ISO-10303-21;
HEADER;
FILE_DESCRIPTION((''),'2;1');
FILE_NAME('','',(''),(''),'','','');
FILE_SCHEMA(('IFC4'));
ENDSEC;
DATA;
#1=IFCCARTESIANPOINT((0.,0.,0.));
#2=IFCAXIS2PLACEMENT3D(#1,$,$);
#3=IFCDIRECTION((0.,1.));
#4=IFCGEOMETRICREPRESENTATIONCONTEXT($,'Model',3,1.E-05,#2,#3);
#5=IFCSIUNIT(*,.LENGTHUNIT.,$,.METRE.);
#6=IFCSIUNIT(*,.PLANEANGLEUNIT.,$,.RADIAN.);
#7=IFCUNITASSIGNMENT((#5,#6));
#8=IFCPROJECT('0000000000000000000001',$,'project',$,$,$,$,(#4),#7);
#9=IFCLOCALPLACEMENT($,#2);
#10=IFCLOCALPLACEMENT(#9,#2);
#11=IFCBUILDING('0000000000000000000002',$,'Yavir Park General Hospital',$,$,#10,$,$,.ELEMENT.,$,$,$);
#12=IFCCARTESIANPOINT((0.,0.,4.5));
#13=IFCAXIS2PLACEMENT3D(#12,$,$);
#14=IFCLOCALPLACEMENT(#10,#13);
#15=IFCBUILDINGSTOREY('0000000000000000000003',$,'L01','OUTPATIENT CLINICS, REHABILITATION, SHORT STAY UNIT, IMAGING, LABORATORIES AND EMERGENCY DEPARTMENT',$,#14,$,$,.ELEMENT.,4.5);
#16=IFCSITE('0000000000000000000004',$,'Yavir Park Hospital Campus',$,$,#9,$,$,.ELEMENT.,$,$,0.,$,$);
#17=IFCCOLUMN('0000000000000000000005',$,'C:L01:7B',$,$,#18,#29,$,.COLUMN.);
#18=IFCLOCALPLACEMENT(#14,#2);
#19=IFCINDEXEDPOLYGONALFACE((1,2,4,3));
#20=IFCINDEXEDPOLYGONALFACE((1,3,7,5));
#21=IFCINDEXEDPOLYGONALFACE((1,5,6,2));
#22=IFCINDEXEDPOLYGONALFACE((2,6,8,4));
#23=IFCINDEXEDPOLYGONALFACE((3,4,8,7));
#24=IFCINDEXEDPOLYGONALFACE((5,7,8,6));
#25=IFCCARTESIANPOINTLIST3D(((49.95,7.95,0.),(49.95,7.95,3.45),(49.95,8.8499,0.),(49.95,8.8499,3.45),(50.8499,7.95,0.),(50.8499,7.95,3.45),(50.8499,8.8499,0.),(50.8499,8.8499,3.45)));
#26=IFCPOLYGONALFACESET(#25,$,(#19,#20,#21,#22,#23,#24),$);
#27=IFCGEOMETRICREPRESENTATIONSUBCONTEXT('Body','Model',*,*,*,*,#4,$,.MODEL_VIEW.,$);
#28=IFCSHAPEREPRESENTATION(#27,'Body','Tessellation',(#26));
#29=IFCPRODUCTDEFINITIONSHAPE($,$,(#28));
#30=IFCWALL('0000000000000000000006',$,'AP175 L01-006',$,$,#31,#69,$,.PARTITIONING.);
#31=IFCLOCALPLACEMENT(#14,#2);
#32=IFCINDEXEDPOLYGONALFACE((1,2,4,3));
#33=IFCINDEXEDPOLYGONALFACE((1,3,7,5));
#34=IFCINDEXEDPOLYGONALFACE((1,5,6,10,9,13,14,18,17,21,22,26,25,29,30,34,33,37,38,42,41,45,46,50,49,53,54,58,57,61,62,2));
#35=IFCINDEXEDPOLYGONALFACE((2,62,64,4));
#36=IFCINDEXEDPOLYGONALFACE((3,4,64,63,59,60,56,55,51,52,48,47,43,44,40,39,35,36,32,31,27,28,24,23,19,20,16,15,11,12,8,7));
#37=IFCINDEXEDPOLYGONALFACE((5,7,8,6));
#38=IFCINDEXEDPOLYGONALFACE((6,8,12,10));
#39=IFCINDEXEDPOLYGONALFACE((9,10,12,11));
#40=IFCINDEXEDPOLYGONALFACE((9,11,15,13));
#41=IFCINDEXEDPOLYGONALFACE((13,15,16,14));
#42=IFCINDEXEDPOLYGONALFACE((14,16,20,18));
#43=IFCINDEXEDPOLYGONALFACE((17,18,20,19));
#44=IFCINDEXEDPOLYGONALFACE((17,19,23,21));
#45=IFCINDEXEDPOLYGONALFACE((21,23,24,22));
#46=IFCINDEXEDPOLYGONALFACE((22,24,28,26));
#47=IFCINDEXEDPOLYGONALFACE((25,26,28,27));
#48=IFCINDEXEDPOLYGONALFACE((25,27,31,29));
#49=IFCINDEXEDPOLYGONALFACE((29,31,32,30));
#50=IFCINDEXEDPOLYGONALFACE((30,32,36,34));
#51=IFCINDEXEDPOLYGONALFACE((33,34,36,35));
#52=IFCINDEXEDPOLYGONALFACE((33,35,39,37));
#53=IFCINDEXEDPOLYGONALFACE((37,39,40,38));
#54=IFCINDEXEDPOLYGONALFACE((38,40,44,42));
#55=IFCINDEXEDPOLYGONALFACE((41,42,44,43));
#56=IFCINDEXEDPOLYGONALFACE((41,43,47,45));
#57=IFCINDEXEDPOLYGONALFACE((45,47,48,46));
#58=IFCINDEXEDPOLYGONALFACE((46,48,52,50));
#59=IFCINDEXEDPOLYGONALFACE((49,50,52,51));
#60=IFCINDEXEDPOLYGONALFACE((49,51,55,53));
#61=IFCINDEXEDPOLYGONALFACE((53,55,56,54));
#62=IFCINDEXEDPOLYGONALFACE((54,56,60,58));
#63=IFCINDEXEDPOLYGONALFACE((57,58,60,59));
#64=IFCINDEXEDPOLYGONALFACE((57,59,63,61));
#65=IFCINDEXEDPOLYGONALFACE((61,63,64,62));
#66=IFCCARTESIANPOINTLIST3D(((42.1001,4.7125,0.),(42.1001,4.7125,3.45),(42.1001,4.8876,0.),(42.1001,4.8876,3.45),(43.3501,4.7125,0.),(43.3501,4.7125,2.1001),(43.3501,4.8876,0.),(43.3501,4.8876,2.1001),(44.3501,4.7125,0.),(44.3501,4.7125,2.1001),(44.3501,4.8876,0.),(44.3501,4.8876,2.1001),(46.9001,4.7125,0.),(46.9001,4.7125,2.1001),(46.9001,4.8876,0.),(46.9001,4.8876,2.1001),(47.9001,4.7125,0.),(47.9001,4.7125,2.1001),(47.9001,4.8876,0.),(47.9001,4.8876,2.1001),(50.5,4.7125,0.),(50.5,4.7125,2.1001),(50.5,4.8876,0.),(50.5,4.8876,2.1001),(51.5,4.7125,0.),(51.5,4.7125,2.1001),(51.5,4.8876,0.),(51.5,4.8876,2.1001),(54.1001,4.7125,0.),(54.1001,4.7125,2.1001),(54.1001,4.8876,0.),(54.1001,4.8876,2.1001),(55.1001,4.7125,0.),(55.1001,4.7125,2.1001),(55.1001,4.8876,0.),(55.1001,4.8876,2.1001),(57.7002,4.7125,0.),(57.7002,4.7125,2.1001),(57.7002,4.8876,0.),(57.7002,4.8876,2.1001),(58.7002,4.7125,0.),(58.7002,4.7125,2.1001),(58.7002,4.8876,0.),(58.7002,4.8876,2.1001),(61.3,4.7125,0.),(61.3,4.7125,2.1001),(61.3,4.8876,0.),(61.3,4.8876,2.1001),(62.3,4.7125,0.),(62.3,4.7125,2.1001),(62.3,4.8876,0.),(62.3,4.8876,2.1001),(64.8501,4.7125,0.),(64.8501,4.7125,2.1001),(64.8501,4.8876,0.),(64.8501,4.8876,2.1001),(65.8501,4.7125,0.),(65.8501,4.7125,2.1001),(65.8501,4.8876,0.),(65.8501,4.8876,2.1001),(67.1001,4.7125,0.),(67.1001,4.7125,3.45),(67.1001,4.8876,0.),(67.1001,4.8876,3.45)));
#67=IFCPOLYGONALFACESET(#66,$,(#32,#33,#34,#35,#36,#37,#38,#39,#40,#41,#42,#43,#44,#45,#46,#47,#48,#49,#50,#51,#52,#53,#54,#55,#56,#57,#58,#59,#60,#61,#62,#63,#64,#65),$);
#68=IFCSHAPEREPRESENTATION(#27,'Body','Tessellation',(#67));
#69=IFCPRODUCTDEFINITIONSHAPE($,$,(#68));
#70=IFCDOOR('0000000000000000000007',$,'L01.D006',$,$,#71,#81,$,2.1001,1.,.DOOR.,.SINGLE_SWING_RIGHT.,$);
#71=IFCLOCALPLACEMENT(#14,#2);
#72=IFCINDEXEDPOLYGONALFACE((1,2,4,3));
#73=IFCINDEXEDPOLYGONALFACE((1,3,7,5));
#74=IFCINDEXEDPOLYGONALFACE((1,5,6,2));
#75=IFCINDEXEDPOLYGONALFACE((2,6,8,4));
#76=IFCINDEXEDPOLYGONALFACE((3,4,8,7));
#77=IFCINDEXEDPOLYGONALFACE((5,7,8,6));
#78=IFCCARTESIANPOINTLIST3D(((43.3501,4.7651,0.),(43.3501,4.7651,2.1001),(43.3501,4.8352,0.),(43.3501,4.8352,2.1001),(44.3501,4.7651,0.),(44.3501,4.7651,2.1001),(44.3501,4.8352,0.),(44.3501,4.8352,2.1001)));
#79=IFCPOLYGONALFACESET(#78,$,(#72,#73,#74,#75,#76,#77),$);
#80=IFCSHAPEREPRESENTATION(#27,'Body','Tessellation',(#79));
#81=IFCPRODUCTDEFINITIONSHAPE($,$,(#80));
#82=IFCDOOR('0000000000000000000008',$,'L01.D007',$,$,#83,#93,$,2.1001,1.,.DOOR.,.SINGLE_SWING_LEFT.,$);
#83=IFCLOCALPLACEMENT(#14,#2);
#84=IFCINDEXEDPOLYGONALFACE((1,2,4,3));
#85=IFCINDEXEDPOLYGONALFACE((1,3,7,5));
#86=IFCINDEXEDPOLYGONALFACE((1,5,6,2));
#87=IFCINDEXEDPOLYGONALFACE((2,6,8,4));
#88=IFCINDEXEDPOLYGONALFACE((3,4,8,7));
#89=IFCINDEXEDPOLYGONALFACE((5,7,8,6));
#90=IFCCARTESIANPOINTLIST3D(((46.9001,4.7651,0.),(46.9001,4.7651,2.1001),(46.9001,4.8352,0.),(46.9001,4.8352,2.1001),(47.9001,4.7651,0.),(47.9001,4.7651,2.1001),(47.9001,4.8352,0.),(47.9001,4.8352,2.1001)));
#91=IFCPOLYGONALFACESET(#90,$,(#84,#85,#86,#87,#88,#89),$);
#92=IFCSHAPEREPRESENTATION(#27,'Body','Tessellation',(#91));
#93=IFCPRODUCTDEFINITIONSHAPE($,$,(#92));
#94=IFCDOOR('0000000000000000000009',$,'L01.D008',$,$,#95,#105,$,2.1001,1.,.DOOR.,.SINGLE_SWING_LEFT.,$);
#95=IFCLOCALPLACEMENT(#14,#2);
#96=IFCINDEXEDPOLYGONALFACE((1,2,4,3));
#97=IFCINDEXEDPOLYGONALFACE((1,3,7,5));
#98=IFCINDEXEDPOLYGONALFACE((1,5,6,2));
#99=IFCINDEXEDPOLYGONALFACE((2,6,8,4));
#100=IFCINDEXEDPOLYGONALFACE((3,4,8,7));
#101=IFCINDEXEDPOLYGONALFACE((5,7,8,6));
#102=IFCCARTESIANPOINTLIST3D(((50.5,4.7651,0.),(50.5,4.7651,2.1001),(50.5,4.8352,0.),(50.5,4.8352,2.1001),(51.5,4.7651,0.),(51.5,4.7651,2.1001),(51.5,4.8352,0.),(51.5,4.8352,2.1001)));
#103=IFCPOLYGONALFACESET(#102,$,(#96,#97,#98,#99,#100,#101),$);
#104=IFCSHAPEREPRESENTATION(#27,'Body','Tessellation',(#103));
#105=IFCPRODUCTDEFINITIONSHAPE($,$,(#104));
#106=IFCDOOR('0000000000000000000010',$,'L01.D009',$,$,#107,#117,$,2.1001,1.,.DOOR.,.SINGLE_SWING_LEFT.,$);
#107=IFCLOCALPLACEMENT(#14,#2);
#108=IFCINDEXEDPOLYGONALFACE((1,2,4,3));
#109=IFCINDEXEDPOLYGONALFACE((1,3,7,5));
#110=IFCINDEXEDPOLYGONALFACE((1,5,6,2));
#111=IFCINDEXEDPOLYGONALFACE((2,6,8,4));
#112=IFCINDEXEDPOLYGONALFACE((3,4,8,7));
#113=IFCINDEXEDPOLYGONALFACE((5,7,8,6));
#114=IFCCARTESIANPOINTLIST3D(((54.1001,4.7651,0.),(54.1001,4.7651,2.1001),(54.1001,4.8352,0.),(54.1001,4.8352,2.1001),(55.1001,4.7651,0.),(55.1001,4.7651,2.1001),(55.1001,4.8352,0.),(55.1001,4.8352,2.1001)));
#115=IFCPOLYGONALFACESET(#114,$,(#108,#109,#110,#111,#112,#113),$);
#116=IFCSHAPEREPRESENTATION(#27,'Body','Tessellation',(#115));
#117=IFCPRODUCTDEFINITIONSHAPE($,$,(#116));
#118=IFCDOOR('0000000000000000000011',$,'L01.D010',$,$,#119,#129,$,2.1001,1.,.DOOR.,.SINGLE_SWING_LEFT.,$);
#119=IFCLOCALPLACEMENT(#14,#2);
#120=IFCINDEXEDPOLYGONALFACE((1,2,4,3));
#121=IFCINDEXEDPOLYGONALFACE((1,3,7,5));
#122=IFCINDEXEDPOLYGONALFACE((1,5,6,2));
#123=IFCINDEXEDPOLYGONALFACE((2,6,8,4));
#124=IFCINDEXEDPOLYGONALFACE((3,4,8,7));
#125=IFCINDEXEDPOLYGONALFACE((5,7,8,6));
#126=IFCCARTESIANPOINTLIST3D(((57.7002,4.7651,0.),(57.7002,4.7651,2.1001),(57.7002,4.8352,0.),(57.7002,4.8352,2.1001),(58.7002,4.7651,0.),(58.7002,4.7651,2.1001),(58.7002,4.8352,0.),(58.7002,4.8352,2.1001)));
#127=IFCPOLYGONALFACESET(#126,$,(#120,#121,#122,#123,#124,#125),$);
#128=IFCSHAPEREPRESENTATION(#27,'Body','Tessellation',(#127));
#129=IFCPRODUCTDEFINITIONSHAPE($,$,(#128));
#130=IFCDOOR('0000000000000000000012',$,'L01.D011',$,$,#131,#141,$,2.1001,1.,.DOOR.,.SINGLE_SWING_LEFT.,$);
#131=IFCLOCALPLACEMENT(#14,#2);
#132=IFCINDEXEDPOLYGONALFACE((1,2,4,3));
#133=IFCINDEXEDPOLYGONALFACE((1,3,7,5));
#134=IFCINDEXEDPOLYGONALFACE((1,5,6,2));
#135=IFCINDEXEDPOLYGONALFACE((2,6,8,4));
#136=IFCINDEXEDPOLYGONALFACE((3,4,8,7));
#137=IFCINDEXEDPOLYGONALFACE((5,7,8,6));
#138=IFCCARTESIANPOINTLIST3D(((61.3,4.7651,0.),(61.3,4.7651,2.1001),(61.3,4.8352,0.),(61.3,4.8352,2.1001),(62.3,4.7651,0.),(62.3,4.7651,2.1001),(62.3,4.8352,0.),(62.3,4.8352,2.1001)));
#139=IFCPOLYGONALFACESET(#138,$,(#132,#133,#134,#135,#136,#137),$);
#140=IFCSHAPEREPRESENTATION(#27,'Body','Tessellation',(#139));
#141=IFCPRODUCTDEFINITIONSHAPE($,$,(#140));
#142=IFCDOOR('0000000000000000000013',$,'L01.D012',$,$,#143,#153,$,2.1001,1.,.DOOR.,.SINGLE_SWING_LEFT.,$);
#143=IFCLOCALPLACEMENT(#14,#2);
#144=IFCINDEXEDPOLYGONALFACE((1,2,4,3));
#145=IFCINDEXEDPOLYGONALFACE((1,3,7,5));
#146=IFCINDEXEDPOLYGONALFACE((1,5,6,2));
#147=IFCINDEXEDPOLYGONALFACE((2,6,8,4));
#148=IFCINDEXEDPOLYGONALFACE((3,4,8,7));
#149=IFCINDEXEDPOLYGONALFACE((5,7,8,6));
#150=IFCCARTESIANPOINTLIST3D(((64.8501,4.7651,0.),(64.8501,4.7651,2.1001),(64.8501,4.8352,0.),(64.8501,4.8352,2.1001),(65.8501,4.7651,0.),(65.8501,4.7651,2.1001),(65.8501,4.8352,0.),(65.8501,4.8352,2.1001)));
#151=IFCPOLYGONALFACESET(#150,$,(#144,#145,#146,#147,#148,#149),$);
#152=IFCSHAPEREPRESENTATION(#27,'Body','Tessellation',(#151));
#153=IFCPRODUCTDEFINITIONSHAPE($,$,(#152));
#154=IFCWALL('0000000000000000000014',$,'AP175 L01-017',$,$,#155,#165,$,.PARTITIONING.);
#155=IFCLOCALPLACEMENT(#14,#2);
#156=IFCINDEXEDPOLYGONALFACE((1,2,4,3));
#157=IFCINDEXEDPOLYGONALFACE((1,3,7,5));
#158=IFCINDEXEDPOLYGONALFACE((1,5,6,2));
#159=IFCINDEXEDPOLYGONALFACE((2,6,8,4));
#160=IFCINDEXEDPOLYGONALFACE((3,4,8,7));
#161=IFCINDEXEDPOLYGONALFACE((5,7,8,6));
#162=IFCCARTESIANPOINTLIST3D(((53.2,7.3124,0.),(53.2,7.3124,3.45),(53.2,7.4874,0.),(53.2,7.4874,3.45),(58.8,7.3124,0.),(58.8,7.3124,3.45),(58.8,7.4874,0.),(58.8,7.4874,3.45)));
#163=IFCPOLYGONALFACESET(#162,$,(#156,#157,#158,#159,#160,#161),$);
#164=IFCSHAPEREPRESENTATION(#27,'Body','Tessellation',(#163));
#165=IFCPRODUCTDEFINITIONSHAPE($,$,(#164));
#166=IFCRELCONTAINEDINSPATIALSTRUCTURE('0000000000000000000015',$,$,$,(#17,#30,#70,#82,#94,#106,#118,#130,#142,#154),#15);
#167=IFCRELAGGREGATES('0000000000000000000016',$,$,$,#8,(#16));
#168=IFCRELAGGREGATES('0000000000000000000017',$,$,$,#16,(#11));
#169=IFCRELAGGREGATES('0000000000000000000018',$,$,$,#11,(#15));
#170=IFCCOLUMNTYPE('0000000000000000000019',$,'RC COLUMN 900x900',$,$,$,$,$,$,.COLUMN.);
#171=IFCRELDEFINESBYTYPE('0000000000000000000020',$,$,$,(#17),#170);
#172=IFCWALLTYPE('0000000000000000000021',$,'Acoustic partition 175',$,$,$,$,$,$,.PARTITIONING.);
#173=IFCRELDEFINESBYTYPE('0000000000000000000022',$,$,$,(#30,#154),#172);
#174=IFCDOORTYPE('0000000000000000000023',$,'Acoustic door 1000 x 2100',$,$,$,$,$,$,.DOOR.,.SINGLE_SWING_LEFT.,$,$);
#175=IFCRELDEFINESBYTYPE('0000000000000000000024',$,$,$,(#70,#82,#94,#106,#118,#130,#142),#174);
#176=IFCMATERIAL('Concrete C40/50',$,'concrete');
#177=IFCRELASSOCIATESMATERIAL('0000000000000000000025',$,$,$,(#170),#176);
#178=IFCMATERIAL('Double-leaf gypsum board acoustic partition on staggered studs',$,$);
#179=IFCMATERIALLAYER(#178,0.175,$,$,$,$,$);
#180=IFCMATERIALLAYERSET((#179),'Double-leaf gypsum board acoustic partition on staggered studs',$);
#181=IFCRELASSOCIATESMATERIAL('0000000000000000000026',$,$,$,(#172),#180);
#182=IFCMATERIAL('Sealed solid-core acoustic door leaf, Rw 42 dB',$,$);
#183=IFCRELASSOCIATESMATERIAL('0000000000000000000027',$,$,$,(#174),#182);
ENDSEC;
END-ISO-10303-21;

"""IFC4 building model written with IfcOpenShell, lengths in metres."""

from ifc_helpers import new_model, si_unit, direction, frame, frame_2d, origin, origin_2d, place, context, subcontext, project, spatial, rectangle, extrude, material, layer, layer_set, material_profile, profile_set, type_object, element, fill, save


model = new_model("IFC4")

# Units and contexts
model_context = context("Model", 3, precision=1e-05, world=origin(), true_north=direction((0.0, 1.0)))
body_context = subcontext(model_context, "Body", "Model", "MODEL_VIEW")
ifc_project = project(units=[si_unit("LENGTHUNIT", "METRE"), si_unit("PLANEANGLEUNIT", "RADIAN")], contexts=[model_context])

# Site, building, storey
site_placement = place(None, origin())
site = spatial("IfcSite", under=ifc_project, at=site_placement, Name="Yavir Park Hospital Campus", CompositionType="ELEMENT", RefElevation=0.0)
building_placement = place(site_placement, origin())
building = spatial("IfcBuilding", under=site, at=building_placement, Name="Yavir Park General Hospital", CompositionType="ELEMENT")
storey_placement = place(building_placement, frame((0.0, 0.0, 4.5)))
storey = spatial("IfcBuildingStorey", under=building, at=storey_placement, Name="L01", Description="OUTPATIENT CLINICS, REHABILITATION, SHORT STAY UNIT, IMAGING, LABORATORIES AND EMERGENCY DEPARTMENT", CompositionType="ELEMENT", Elevation=4.5)

# Column
ifc_material_1 = material(Name="Concrete C40/50", Category="concrete")
ifc_material_profile = material_profile(ifc_material_1, rectangle(XDim=0.8999, YDim=0.8999, at=origin_2d()), Name="RC900x900")
ifc_profile_set = profile_set([ifc_material_profile], Name="Concrete C40/50")
column_type = type_object("IfcColumnType", Name="RC COLUMN 900x900", PredefinedType="COLUMN", material=ifc_profile_set)
column_placement = place(storey_placement, frame((50.3999, 8.3999, 0.0), z_axis=(0.0, 0.0, 1.0), x_axis=(1.0, 0.0, 0.0)))
element("IfcColumn", 1, at=column_placement, inside=storey, type_object=column_type, Name="C:L01:7B", PredefinedType="COLUMN", context=body_context, shape_type="SweptSolid", body=[
    extrude(rectangle(XDim=0.8999, YDim=0.8999, at=origin_2d()), origin(), (0.0, 0.0, 1.0), 3.45),
])

# Wall, openings, doors
ifc_material_2 = material(Name="Double-leaf gypsum board acoustic partition on staggered studs")
ifc_layer_1 = layer(ifc_material_2, 0.175)
ifc_layer_set_1 = layer_set([ifc_layer_1], Name="Double-leaf gypsum board acoustic partition on staggered studs")
wall_type_1 = type_object("IfcWallType", Name="Acoustic partition 175", PredefinedType="PARTITIONING", material=ifc_layer_set_1)
wall_1_placement = place(storey_placement, frame((42.1001, 4.8, 0.0), z_axis=(0.0, 0.0, 1.0), x_axis=(1.0, 0.0, 0.0)))
wall_1 = element("IfcWall", 2, at=wall_1_placement, inside=storey, type_object=wall_type_1, Name="AP175 L01-006", PredefinedType="PARTITIONING", context=body_context, shape_type="SweptSolid", body=[
    extrude(rectangle(XDim=25.0, YDim=0.175, at=frame_2d((12.5, 0.0))), origin(), (0.0, 0.0, 1.0), 3.45),
])
opening_1_placement = place(wall_1_placement, frame((1.25, 0.0, 0.0)))
opening_1 = element("IfcOpeningElement", 3, at=opening_1_placement, cuts=wall_1, PredefinedType="OPENING", context=body_context, shape_type="SweptSolid", body=[
    extrude(rectangle(XDim=1.0, YDim=2.1001, at=frame_2d((0.5, 1.05))), frame((0.0, 0.0974, 0.0), z_axis=(0.0, -1.0, 0.0), x_axis=(1.0, 0.0, 0.0)), (0.0, 0.0, 1.0), 0.1951),
])
opening_2_placement = place(wall_1_placement, frame((4.8, 0.0, 0.0)))
opening_2 = element("IfcOpeningElement", 4, at=opening_2_placement, cuts=wall_1, PredefinedType="OPENING", context=body_context, shape_type="SweptSolid", body=[
    extrude(rectangle(XDim=1.0, YDim=2.1001, at=frame_2d((0.5, 1.05))), frame((0.0, 0.0974, 0.0), z_axis=(0.0, -1.0, 0.0), x_axis=(1.0, 0.0, 0.0)), (0.0, 0.0, 1.0), 0.1951),
])
opening_3_placement = place(wall_1_placement, frame((8.3999, 0.0, 0.0)))
opening_3 = element("IfcOpeningElement", 5, at=opening_3_placement, cuts=wall_1, PredefinedType="OPENING", context=body_context, shape_type="SweptSolid", body=[
    extrude(rectangle(XDim=1.0, YDim=2.1001, at=frame_2d((0.5, 1.05))), frame((0.0, 0.0974, 0.0), z_axis=(0.0, -1.0, 0.0), x_axis=(1.0, 0.0, 0.0)), (0.0, 0.0, 1.0), 0.1951),
])
opening_4_placement = place(wall_1_placement, frame((12.0, 0.0, 0.0)))
opening_4 = element("IfcOpeningElement", 6, at=opening_4_placement, cuts=wall_1, PredefinedType="OPENING", context=body_context, shape_type="SweptSolid", body=[
    extrude(rectangle(XDim=1.0, YDim=2.1001, at=frame_2d((0.5, 1.05))), frame((0.0, 0.0974, 0.0), z_axis=(0.0, -1.0, 0.0), x_axis=(1.0, 0.0, 0.0)), (0.0, 0.0, 1.0), 0.1951),
])
opening_5_placement = place(wall_1_placement, frame((15.6001, 0.0, 0.0)))
opening_5 = element("IfcOpeningElement", 7, at=opening_5_placement, cuts=wall_1, PredefinedType="OPENING", context=body_context, shape_type="SweptSolid", body=[
    extrude(rectangle(XDim=1.0, YDim=2.1001, at=frame_2d((0.5, 1.05))), frame((0.0, 0.0974, 0.0), z_axis=(0.0, -1.0, 0.0), x_axis=(1.0, 0.0, 0.0)), (0.0, 0.0, 1.0), 0.1951),
])
opening_6_placement = place(wall_1_placement, frame((19.2, 0.0, 0.0)))
opening_6 = element("IfcOpeningElement", 8, at=opening_6_placement, cuts=wall_1, PredefinedType="OPENING", context=body_context, shape_type="SweptSolid", body=[
    extrude(rectangle(XDim=1.0, YDim=2.1001, at=frame_2d((0.5, 1.05))), frame((0.0, 0.0974, 0.0), z_axis=(0.0, -1.0, 0.0), x_axis=(1.0, 0.0, 0.0)), (0.0, 0.0, 1.0), 0.1951),
])
opening_7_placement = place(wall_1_placement, frame((22.75, 0.0, 0.0)))
opening_7 = element("IfcOpeningElement", 9, at=opening_7_placement, cuts=wall_1, PredefinedType="OPENING", context=body_context, shape_type="SweptSolid", body=[
    extrude(rectangle(XDim=1.0, YDim=2.1001, at=frame_2d((0.5, 1.05))), frame((0.0, 0.0974, 0.0), z_axis=(0.0, -1.0, 0.0), x_axis=(1.0, 0.0, 0.0)), (0.0, 0.0, 1.0), 0.1951),
])
ifc_material_3 = material(Name="Sealed solid-core acoustic door leaf, Rw 42 dB")
door_type_1 = type_object("IfcDoorType", Name="Acoustic door 1000 x 2100", OperationType="SINGLE_SWING_LEFT", PredefinedType="DOOR", material=ifc_material_3)
door_1_placement = place(opening_1_placement, origin())
door_1 = element("IfcDoor", 10, at=door_1_placement, inside=storey, type_object=door_type_1, Name="L01.D006", OperationType="SINGLE_SWING_RIGHT", OverallHeight=2.1001, OverallWidth=1.0, PredefinedType="DOOR", context=body_context, shape_type="SweptSolid", body=[
    extrude(rectangle(XDim=1.0, YDim=2.1001, at=frame_2d((0.5, 1.05))), frame((0.0, 0.0352, 0.0), z_axis=(0.0, -1.0, 0.0), x_axis=(1.0, 0.0, 0.0)), (0.0, 0.0, 1.0), 0.0701),
])
fill(opening_1, door_1)
door_2_placement = place(opening_2_placement, origin())
door_2 = element("IfcDoor", 11, at=door_2_placement, inside=storey, type_object=door_type_1, Name="L01.D007", OperationType="SINGLE_SWING_LEFT", OverallHeight=2.1001, OverallWidth=1.0, PredefinedType="DOOR", context=body_context, shape_type="SweptSolid", body=[
    extrude(rectangle(XDim=1.0, YDim=2.1001, at=frame_2d((0.5, 1.05))), frame((0.0, 0.0352, 0.0), z_axis=(0.0, -1.0, 0.0), x_axis=(1.0, 0.0, 0.0)), (0.0, 0.0, 1.0), 0.0701),
])
fill(opening_2, door_2)
door_3_placement = place(opening_3_placement, origin())
door_3 = element("IfcDoor", 12, at=door_3_placement, inside=storey, type_object=door_type_1, Name="L01.D008", OperationType="SINGLE_SWING_LEFT", OverallHeight=2.1001, OverallWidth=1.0, PredefinedType="DOOR", context=body_context, shape_type="SweptSolid", body=[
    extrude(rectangle(XDim=1.0, YDim=2.1001, at=frame_2d((0.5, 1.05))), frame((0.0, 0.0352, 0.0), z_axis=(0.0, -1.0, 0.0), x_axis=(1.0, 0.0, 0.0)), (0.0, 0.0, 1.0), 0.0701),
])
fill(opening_3, door_3)
door_4_placement = place(opening_4_placement, origin())
door_4 = element("IfcDoor", 13, at=door_4_placement, inside=storey, type_object=door_type_1, Name="L01.D009", OperationType="SINGLE_SWING_LEFT", OverallHeight=2.1001, OverallWidth=1.0, PredefinedType="DOOR", context=body_context, shape_type="SweptSolid", body=[
    extrude(rectangle(XDim=1.0, YDim=2.1001, at=frame_2d((0.5, 1.05))), frame((0.0, 0.0352, 0.0), z_axis=(0.0, -1.0, 0.0), x_axis=(1.0, 0.0, 0.0)), (0.0, 0.0, 1.0), 0.0701),
])
fill(opening_4, door_4)
door_5_placement = place(opening_5_placement, origin())
door_5 = element("IfcDoor", 14, at=door_5_placement, inside=storey, type_object=door_type_1, Name="L01.D010", OperationType="SINGLE_SWING_LEFT", OverallHeight=2.1001, OverallWidth=1.0, PredefinedType="DOOR", context=body_context, shape_type="SweptSolid", body=[
    extrude(rectangle(XDim=1.0, YDim=2.1001, at=frame_2d((0.5, 1.05))), frame((0.0, 0.0352, 0.0), z_axis=(0.0, -1.0, 0.0), x_axis=(1.0, 0.0, 0.0)), (0.0, 0.0, 1.0), 0.0701),
])
fill(opening_5, door_5)
door_6_placement = place(opening_6_placement, origin())
door_6 = element("IfcDoor", 15, at=door_6_placement, inside=storey, type_object=door_type_1, Name="L01.D011", OperationType="SINGLE_SWING_LEFT", OverallHeight=2.1001, OverallWidth=1.0, PredefinedType="DOOR", context=body_context, shape_type="SweptSolid", body=[
    extrude(rectangle(XDim=1.0, YDim=2.1001, at=frame_2d((0.5, 1.05))), frame((0.0, 0.0352, 0.0), z_axis=(0.0, -1.0, 0.0), x_axis=(1.0, 0.0, 0.0)), (0.0, 0.0, 1.0), 0.0701),
])
fill(opening_6, door_6)
door_7_placement = place(opening_7_placement, origin())
door_7 = element("IfcDoor", 16, at=door_7_placement, inside=storey, type_object=door_type_1, Name="L01.D012", OperationType="SINGLE_SWING_LEFT", OverallHeight=2.1001, OverallWidth=1.0, PredefinedType="DOOR", context=body_context, shape_type="SweptSolid", body=[
    extrude(rectangle(XDim=1.0, YDim=2.1001, at=frame_2d((0.5, 1.05))), frame((0.0, 0.0352, 0.0), z_axis=(0.0, -1.0, 0.0), x_axis=(1.0, 0.0, 0.0)), (0.0, 0.0, 1.0), 0.0701),
])
fill(opening_7, door_7)

# Wall
wall_2_placement = place(storey_placement, frame((53.2, 7.3999, 0.0), z_axis=(0.0, 0.0, 1.0), x_axis=(1.0, 0.0, 0.0)))
element("IfcWall", 17, at=wall_2_placement, inside=storey, type_object=wall_type_1, Name="AP175 L01-017", PredefinedType="PARTITIONING", context=body_context, shape_type="SweptSolid", body=[
    extrude(rectangle(XDim=5.6001, YDim=0.175, at=frame_2d((2.8, 0.0))), origin(), (0.0, 0.0, 1.0), 3.45),
])

save(model, "model.ifc")
